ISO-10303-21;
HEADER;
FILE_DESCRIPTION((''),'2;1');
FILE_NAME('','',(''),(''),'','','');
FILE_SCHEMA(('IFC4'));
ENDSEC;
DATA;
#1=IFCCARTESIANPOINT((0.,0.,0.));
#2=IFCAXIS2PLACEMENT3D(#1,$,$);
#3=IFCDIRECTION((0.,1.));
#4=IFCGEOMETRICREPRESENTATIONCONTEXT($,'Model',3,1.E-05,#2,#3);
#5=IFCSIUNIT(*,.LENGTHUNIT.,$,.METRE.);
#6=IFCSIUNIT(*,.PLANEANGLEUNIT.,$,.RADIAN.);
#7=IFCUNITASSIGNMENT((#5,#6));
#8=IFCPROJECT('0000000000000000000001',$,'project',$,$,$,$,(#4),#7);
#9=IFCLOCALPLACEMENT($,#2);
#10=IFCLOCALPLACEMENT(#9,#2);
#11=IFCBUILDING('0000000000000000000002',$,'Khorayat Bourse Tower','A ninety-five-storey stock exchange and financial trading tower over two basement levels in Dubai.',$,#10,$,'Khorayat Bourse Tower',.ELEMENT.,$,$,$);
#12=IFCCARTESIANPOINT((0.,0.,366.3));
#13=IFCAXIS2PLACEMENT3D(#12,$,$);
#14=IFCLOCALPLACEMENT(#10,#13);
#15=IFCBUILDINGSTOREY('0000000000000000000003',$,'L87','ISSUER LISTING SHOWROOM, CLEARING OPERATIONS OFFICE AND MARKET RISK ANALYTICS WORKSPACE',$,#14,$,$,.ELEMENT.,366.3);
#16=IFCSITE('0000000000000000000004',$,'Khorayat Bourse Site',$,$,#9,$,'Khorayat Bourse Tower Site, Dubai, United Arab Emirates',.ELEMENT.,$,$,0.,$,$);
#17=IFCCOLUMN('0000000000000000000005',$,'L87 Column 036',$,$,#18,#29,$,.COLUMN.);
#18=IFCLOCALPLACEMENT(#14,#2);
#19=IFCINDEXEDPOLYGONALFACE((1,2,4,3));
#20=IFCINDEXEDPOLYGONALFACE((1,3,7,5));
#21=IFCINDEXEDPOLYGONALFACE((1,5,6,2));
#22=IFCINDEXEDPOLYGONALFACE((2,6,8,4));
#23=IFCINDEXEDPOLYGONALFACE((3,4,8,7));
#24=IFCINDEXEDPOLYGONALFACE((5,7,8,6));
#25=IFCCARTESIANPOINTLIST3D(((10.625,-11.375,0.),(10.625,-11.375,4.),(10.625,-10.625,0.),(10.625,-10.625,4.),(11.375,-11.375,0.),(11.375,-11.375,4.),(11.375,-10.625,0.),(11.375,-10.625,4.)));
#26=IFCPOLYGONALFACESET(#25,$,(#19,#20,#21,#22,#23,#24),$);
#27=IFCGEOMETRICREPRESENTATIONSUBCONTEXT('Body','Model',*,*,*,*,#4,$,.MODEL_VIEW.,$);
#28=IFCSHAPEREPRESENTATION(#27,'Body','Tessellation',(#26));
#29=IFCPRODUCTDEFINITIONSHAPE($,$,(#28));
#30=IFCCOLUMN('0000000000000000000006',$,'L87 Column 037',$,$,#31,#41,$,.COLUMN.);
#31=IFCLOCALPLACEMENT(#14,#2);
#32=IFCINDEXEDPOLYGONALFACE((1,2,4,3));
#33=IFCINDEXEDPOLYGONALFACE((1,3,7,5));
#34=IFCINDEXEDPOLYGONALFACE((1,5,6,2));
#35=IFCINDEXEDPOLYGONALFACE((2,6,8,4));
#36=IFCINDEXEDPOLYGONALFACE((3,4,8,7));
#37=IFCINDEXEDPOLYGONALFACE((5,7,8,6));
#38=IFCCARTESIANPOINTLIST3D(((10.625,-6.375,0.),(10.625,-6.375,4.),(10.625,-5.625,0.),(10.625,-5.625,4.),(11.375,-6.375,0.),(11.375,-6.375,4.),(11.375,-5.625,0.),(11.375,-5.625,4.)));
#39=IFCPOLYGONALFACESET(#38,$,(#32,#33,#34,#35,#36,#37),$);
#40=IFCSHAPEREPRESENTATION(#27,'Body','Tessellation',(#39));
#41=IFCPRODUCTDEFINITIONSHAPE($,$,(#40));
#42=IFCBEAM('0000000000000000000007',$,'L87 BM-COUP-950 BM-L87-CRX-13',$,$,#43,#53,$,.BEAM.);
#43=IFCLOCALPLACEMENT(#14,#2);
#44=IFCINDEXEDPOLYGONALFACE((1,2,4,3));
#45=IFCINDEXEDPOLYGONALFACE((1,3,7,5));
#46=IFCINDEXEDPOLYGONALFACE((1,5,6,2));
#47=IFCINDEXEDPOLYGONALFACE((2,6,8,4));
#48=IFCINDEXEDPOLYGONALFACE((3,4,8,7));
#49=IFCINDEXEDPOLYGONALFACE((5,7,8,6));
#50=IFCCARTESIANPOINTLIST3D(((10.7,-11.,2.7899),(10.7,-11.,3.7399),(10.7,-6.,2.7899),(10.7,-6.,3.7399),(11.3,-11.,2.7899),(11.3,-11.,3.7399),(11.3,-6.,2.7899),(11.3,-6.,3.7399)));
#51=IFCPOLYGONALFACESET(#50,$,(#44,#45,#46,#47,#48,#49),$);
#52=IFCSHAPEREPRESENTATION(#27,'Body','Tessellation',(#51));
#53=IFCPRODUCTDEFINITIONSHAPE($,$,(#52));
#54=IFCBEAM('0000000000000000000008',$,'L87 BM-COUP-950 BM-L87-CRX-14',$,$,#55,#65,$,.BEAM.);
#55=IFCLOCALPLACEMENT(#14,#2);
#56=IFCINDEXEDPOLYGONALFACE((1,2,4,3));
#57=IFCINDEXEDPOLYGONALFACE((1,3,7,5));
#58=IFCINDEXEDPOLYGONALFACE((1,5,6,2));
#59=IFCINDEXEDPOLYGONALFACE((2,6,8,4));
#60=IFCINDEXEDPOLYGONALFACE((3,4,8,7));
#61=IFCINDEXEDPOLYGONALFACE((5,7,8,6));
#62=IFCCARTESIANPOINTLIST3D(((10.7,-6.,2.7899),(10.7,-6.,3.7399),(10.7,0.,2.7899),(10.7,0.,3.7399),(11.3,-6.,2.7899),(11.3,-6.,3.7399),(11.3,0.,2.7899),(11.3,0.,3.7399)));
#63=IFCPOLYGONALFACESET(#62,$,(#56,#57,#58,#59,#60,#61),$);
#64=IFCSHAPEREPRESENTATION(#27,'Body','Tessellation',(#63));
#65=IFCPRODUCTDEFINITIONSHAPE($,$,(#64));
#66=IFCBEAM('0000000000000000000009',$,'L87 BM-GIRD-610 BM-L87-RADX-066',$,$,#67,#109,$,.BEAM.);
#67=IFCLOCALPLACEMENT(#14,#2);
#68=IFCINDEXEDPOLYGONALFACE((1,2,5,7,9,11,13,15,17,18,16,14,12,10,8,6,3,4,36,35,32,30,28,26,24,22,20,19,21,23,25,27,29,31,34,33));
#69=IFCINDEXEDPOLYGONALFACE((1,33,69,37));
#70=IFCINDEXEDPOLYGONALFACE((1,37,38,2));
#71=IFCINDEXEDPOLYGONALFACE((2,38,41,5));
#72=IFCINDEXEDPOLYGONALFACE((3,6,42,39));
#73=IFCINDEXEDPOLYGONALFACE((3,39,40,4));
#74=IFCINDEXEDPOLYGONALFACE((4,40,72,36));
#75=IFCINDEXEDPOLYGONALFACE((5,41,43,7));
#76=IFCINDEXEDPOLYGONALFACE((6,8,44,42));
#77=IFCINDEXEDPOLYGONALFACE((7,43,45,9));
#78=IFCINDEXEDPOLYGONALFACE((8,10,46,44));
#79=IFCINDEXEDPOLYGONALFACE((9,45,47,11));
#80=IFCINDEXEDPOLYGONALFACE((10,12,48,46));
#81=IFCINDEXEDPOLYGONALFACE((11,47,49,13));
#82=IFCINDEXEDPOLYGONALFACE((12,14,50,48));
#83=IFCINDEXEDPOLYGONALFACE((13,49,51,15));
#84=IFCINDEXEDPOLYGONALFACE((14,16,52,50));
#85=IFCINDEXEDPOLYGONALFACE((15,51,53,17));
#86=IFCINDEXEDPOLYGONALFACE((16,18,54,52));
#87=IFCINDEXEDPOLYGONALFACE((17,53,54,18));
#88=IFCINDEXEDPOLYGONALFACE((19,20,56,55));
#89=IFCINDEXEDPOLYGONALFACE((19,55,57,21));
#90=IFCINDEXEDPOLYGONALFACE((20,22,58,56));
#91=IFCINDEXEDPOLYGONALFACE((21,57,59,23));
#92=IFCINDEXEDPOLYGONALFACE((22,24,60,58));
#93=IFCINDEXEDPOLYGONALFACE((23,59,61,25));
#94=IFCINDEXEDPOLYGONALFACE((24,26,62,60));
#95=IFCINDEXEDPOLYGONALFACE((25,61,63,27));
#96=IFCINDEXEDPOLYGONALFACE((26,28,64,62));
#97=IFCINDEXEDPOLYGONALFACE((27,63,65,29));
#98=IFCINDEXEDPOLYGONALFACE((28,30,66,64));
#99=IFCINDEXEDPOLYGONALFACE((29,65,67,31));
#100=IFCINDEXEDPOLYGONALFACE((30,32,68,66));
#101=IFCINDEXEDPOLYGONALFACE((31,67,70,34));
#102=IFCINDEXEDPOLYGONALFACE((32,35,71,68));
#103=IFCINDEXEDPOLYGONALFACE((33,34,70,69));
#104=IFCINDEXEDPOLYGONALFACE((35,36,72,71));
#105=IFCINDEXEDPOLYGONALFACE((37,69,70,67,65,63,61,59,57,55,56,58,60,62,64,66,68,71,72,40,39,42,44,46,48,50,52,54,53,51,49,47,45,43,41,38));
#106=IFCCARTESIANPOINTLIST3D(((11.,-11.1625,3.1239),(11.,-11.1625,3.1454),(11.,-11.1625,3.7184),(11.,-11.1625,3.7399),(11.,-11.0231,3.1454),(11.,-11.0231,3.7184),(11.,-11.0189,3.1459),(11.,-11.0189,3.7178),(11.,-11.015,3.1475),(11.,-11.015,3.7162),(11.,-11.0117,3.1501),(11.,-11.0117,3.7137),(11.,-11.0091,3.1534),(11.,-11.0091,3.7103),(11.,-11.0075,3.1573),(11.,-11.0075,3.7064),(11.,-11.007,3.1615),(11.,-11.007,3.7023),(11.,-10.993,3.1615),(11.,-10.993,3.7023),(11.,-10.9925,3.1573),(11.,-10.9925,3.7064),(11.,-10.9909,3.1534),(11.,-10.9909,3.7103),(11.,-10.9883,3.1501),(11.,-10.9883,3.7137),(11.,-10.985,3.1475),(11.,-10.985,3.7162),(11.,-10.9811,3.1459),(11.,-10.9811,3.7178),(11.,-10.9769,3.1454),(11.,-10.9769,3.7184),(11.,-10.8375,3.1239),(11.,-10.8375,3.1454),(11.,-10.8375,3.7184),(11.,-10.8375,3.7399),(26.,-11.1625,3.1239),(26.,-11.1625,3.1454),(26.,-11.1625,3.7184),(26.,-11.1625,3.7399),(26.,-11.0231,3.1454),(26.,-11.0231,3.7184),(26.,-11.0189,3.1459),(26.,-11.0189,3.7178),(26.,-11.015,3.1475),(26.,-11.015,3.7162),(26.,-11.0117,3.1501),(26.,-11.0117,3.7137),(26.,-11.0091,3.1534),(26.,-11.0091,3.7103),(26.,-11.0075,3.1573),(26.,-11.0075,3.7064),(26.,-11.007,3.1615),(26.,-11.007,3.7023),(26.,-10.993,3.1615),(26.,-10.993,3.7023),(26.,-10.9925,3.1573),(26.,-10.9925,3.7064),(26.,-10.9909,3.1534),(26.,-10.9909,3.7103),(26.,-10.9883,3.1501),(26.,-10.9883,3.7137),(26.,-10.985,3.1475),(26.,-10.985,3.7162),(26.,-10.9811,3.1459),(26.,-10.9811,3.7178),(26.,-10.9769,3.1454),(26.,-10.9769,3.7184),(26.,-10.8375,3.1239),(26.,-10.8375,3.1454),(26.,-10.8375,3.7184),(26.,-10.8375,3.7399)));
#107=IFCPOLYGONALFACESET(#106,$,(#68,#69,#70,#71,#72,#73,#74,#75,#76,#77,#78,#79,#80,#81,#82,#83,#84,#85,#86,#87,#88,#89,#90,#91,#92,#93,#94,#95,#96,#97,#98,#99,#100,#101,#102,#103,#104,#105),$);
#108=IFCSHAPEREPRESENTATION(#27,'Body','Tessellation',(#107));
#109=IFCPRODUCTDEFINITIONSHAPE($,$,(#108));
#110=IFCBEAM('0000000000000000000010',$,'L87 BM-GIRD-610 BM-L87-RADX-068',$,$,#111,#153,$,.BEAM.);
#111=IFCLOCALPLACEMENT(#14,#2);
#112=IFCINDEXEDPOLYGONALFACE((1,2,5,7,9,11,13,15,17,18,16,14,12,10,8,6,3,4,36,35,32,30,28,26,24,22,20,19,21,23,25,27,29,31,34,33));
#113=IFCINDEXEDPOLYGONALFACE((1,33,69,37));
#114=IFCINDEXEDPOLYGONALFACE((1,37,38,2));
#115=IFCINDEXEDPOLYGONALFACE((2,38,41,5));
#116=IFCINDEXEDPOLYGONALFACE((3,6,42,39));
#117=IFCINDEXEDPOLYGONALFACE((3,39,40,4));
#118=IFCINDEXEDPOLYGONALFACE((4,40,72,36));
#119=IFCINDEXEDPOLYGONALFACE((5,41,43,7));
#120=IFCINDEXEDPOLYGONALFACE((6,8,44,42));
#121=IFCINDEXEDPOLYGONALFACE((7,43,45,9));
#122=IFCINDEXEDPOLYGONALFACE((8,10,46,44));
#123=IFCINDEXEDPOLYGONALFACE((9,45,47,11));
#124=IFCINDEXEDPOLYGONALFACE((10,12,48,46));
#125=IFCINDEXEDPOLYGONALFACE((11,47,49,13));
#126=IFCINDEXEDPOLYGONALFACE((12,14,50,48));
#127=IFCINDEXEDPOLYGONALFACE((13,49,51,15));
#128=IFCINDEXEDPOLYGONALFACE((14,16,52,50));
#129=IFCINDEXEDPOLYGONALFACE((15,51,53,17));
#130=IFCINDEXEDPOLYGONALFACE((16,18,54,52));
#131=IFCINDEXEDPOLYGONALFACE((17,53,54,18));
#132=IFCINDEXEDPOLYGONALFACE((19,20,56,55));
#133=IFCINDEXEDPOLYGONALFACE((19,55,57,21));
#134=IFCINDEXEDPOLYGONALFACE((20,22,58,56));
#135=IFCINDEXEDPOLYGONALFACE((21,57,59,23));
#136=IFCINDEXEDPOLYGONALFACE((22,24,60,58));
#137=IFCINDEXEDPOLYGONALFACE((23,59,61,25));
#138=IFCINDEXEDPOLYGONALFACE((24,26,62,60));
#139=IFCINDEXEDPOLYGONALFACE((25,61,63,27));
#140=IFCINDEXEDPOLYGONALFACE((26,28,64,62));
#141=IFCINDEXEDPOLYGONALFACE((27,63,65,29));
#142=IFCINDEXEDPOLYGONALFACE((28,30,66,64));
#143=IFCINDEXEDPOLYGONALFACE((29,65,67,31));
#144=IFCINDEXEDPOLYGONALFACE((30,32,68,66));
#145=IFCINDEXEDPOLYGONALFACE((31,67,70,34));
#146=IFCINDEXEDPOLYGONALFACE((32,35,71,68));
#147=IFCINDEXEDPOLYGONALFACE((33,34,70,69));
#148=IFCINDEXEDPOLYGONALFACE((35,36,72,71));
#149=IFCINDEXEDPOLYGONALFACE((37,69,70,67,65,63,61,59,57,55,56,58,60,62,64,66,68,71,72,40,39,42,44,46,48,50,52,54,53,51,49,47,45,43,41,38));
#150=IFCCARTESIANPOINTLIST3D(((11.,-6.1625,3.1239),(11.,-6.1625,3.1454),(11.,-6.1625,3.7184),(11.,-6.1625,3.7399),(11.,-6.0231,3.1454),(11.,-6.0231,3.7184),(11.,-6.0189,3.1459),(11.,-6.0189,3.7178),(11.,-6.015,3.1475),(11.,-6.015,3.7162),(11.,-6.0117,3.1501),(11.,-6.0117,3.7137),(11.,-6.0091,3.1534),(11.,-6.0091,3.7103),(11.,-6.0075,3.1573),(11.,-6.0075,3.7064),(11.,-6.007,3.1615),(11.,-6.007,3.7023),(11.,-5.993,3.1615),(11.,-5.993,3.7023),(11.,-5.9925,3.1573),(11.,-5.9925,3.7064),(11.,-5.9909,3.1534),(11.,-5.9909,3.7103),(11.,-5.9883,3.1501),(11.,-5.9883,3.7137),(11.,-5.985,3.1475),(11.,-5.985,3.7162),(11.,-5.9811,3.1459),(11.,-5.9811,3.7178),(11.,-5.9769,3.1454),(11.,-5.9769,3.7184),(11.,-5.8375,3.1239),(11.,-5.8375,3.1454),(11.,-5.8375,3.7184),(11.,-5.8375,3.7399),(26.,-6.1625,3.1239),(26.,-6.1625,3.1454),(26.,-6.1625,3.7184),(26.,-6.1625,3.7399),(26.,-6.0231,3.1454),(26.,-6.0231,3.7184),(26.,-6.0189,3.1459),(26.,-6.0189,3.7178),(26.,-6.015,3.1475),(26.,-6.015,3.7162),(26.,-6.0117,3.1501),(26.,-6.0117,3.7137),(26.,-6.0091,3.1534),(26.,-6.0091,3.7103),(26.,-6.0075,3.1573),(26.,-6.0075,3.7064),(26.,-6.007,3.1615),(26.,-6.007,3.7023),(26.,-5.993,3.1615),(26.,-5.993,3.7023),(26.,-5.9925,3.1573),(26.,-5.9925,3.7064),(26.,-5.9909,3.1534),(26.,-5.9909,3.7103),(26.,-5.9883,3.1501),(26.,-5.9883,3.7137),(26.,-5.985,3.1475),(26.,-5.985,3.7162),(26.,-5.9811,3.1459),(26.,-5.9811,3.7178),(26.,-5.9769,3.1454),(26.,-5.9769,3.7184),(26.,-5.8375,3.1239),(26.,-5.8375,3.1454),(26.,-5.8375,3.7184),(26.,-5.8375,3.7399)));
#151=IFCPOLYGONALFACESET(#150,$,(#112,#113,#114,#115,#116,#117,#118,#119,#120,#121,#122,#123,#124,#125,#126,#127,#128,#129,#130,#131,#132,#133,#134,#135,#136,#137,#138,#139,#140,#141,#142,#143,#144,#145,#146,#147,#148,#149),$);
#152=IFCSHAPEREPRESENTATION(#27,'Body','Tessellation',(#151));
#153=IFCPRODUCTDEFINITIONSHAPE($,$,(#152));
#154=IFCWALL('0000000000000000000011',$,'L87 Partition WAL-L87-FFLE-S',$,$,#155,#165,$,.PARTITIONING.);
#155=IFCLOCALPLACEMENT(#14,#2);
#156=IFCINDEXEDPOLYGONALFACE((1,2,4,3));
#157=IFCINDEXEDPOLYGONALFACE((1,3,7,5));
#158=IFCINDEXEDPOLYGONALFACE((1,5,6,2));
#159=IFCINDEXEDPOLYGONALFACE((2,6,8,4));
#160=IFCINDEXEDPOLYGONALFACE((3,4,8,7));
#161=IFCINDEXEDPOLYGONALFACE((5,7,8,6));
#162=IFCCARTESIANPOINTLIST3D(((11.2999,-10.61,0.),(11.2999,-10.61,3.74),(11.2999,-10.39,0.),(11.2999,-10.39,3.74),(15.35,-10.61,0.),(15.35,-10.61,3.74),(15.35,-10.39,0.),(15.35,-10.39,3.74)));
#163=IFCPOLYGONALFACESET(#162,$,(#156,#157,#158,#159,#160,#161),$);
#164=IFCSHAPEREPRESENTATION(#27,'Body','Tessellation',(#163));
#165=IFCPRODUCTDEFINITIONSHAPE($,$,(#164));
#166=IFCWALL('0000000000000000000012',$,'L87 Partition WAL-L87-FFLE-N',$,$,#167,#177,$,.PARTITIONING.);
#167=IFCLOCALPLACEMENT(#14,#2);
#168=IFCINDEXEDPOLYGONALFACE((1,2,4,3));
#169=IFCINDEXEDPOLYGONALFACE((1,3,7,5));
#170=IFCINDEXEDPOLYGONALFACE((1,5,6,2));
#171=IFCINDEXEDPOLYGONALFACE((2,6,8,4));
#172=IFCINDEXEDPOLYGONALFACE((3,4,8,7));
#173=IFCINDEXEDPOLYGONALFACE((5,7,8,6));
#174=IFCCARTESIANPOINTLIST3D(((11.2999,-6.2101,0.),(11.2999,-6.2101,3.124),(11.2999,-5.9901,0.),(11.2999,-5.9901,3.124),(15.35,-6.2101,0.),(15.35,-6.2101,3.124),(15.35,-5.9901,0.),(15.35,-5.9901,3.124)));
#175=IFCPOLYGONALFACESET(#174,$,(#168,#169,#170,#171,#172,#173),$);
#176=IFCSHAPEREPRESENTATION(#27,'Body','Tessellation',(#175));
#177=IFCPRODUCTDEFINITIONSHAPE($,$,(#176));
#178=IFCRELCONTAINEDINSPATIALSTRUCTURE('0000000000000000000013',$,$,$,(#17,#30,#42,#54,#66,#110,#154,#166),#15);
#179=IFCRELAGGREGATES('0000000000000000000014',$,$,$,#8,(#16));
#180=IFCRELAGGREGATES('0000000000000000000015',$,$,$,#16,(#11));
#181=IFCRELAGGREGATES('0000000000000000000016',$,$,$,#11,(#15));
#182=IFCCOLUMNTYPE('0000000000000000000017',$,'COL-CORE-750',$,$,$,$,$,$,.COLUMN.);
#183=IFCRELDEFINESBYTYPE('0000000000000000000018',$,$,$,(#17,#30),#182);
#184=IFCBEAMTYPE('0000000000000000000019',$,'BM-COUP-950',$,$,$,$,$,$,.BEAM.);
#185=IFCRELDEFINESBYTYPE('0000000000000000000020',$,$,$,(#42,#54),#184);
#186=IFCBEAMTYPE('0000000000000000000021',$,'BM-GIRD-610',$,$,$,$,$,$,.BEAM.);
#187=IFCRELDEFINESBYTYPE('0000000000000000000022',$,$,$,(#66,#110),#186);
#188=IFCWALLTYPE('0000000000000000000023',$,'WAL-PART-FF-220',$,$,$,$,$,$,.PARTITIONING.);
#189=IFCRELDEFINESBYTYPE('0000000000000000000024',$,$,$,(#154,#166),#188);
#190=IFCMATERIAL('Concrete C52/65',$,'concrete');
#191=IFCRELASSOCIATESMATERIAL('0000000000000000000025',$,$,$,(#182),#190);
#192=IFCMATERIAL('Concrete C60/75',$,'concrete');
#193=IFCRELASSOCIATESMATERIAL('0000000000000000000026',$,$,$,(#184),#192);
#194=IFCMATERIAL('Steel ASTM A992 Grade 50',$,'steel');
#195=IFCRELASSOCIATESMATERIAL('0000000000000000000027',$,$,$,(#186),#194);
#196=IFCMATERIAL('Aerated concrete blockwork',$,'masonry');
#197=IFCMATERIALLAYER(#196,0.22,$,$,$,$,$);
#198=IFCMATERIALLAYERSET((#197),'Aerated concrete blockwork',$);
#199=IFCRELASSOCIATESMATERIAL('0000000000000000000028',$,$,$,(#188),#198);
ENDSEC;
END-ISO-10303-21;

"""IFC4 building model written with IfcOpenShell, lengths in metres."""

from ifc_helpers import new_model, si_unit, direction, frame, frame_2d, origin, origin_2d, place, context, subcontext, project, spatial, rectangle, i_section, extrude, source, transform, mapped, material, layer, layer_set, material_profile, profile_set, type_object, element, save


model = new_model("IFC4")

# Units and contexts
model_context = context("Model", 3, precision=1e-05, world=origin(), true_north=direction((0.0, 1.0)))
body_context = subcontext(model_context, "Body", "Model", "MODEL_VIEW")
ifc_project = project(units=[si_unit("LENGTHUNIT", "METRE"), si_unit("PLANEANGLEUNIT", "RADIAN")], contexts=[model_context])

# Site, building, storey
site_placement = place(None, origin())
site = spatial("IfcSite", under=ifc_project, at=site_placement, Name="Khorayat Bourse Site", LongName="Khorayat Bourse Tower Site, Dubai, United Arab Emirates", CompositionType="ELEMENT", RefElevation=0.0)
building_placement = place(site_placement, origin())
building = spatial("IfcBuilding", under=site, at=building_placement, Name="Khorayat Bourse Tower", Description="A ninety-five-storey stock exchange and financial trading tower over two basement levels in Dubai.", LongName="Khorayat Bourse Tower", CompositionType="ELEMENT")
storey_placement = place(building_placement, frame((0.0, 0.0, 366.3)))
storey = spatial("IfcBuildingStorey", under=building, at=storey_placement, Name="L87", Description="ISSUER LISTING SHOWROOM, CLEARING OPERATIONS OFFICE AND MARKET RISK ANALYTICS WORKSPACE", CompositionType="ELEMENT", Elevation=366.3)

# Columns
ifc_material_1 = material(Name="Concrete C52/65", Category="concrete")
ifc_material_profile_1 = material_profile(ifc_material_1, rectangle(XDim=0.75, YDim=0.75, at=origin_2d()), Name="RC 750x750")
ifc_profile_set_1 = profile_set([ifc_material_profile_1], Name="Concrete C52/65")
column_type = type_object("IfcColumnType", Name="COL-CORE-750", PredefinedType="COLUMN", material=ifc_profile_set_1)
shared_shape_1 = source(origin(), body_context, "Body", "SweptSolid", [
    extrude(rectangle(XDim=0.75, YDim=0.75, at=origin_2d()), origin(), (0.0, 0.0, 1.0), 4.0),
])
for number, where, z_axis, x_axis, name in (
    (1, (11.0, -11.0, 0.0), (0.0, 0.0, 1.0), (1.0, 0.0, 0.0), "L87 Column 036"),
    (2, (11.0, -6.0, 0.0), (0.0, 0.0, 1.0), (1.0, 0.0, 0.0), "L87 Column 037"),
):
    element("IfcColumn", number, at=place(storey_placement, frame(where, z_axis=z_axis, x_axis=x_axis)), inside=storey, type_object=column_type, Name=name, PredefinedType="COLUMN", context=body_context, shape_type="MappedRepresentation", body=[
        mapped(shared_shape_1, transform((0.0, 0.0, 0.0), scale=1.0)),
    ])

# Beams
ifc_material_2 = material(Name="Concrete C60/75", Category="concrete")
ifc_material_profile_2 = material_profile(ifc_material_2, rectangle(XDim=0.6001, YDim=0.95, at=origin_2d()), Name="RC 600x950")
ifc_profile_set_2 = profile_set([ifc_material_profile_2], Name="Concrete C60/75")
beam_type_1 = type_object("IfcBeamType", Name="BM-COUP-950", PredefinedType="BEAM", material=ifc_profile_set_2)
shared_shape_2 = source(origin(), body_context, "Body", "SweptSolid", [
    extrude(rectangle(XDim=0.6001, YDim=0.95, at=origin_2d()), origin(), (0.0, 0.0, 1.0), 5.0),
])
beam_1_placement = place(storey_placement, frame((11.0, -11.0, 3.2649), z_axis=(0.0, 1.0, 0.0), x_axis=(-1.0, 0.0, 0.0)))
element("IfcBeam", 3, at=beam_1_placement, inside=storey, type_object=beam_type_1, Name="L87 BM-COUP-950 BM-L87-CRX-13", PredefinedType="BEAM", context=body_context, shape_type="MappedRepresentation", body=[
    mapped(shared_shape_2, transform((0.0, 0.0, 0.0), scale=1.0)),
])
shared_shape_3 = source(origin(), body_context, "Body", "SweptSolid", [
    extrude(rectangle(XDim=0.6001, YDim=0.95, at=origin_2d()), origin(), (0.0, 0.0, 1.0), 6.0),
])
beam_2_placement = place(storey_placement, frame((11.0, -6.0, 3.2649), z_axis=(0.0, 1.0, 0.0), x_axis=(-1.0, 0.0, 0.0)))
element("IfcBeam", 4, at=beam_2_placement, inside=storey, type_object=beam_type_1, Name="L87 BM-COUP-950 BM-L87-CRX-14", PredefinedType="BEAM", context=body_context, shape_type="MappedRepresentation", body=[
    mapped(shared_shape_3, transform((0.0, 0.0, 0.0), scale=1.0)),
])
ifc_material_3 = material(Name="Steel ASTM A992 Grade 50", Category="steel")
ifc_material_profile_3 = material_profile(ifc_material_3, i_section(OverallWidth=0.325, OverallDepth=0.616, WebThickness=0.0139, FlangeThickness=0.0215, FilletRadius=0.0161, at=origin_2d()), Name="W610X174")
ifc_profile_set_3 = profile_set([ifc_material_profile_3], Name="Steel ASTM A992 Grade 50")
beam_type_2 = type_object("IfcBeamType", Name="BM-GIRD-610", PredefinedType="BEAM", material=ifc_profile_set_3)
shared_shape_4 = source(origin(), body_context, "Body", "SweptSolid", [
    extrude(i_section(OverallWidth=0.325, OverallDepth=0.616, WebThickness=0.0139, FlangeThickness=0.0215, FilletRadius=0.0161, at=origin_2d()), origin(), (0.0, 0.0, 1.0), 15.0),
])
for number, where, z_axis, x_axis, name in (
    (5, (11.0, -11.0, 3.4319), (1.0, 0.0, 0.0), (0.0, 1.0, 0.0), "L87 BM-GIRD-610 BM-L87-RADX-066"),
    (6, (11.0, -6.0, 3.4319), (1.0, 0.0, 0.0), (0.0, 1.0, 0.0), "L87 BM-GIRD-610 BM-L87-RADX-068"),
):
    element("IfcBeam", number, at=place(storey_placement, frame(where, z_axis=z_axis, x_axis=x_axis)), inside=storey, type_object=beam_type_2, Name=name, PredefinedType="BEAM", context=body_context, shape_type="MappedRepresentation", body=[
        mapped(shared_shape_4, transform((0.0, 0.0, 0.0), scale=1.0)),
    ])

# Walls
ifc_material_4 = material(Name="Aerated concrete blockwork", Category="masonry")
ifc_layer_1 = layer(ifc_material_4, 0.22)
ifc_layer_set_1 = layer_set([ifc_layer_1], Name="Aerated concrete blockwork")
wall_type_1 = type_object("IfcWallType", Name="WAL-PART-FF-220", PredefinedType="PARTITIONING", material=ifc_layer_set_1)
shared_shape_5 = source(origin(), body_context, "Body", "SweptSolid", [
    extrude(rectangle(XDim=4.05, YDim=0.22, at=frame_2d((2.0249, 0.0))), origin(), (0.0, 0.0, 1.0), 3.74),
])
wall_1_placement = place(storey_placement, frame((11.3, -10.5, 0.0), z_axis=(0.0, 0.0, 1.0), x_axis=(1.0, 0.0, 0.0)))
element("IfcWall", 7, at=wall_1_placement, inside=storey, type_object=wall_type_1, Name="L87 Partition WAL-L87-FFLE-S", PredefinedType="PARTITIONING", context=body_context, shape_type="MappedRepresentation", body=[
    mapped(shared_shape_5, transform((0.0, 0.0, 0.0), scale=1.0)),
])
shared_shape_6 = source(origin(), body_context, "Body", "SweptSolid", [
    extrude(rectangle(XDim=4.05, YDim=0.22, at=frame_2d((2.0249, 0.0))), origin(), (0.0, 0.0, 1.0), 3.124),
])
wall_2_placement = place(storey_placement, frame((11.3, -6.1001, 0.0), z_axis=(0.0, 0.0, 1.0), x_axis=(1.0, 0.0, 0.0)))
element("IfcWall", 8, at=wall_2_placement, inside=storey, type_object=wall_type_1, Name="L87 Partition WAL-L87-FFLE-N", PredefinedType="PARTITIONING", context=body_context, shape_type="MappedRepresentation", body=[
    mapped(shared_shape_6, transform((0.0, 0.0, 0.0), scale=1.0)),
])

save(model, "model.ifc")
